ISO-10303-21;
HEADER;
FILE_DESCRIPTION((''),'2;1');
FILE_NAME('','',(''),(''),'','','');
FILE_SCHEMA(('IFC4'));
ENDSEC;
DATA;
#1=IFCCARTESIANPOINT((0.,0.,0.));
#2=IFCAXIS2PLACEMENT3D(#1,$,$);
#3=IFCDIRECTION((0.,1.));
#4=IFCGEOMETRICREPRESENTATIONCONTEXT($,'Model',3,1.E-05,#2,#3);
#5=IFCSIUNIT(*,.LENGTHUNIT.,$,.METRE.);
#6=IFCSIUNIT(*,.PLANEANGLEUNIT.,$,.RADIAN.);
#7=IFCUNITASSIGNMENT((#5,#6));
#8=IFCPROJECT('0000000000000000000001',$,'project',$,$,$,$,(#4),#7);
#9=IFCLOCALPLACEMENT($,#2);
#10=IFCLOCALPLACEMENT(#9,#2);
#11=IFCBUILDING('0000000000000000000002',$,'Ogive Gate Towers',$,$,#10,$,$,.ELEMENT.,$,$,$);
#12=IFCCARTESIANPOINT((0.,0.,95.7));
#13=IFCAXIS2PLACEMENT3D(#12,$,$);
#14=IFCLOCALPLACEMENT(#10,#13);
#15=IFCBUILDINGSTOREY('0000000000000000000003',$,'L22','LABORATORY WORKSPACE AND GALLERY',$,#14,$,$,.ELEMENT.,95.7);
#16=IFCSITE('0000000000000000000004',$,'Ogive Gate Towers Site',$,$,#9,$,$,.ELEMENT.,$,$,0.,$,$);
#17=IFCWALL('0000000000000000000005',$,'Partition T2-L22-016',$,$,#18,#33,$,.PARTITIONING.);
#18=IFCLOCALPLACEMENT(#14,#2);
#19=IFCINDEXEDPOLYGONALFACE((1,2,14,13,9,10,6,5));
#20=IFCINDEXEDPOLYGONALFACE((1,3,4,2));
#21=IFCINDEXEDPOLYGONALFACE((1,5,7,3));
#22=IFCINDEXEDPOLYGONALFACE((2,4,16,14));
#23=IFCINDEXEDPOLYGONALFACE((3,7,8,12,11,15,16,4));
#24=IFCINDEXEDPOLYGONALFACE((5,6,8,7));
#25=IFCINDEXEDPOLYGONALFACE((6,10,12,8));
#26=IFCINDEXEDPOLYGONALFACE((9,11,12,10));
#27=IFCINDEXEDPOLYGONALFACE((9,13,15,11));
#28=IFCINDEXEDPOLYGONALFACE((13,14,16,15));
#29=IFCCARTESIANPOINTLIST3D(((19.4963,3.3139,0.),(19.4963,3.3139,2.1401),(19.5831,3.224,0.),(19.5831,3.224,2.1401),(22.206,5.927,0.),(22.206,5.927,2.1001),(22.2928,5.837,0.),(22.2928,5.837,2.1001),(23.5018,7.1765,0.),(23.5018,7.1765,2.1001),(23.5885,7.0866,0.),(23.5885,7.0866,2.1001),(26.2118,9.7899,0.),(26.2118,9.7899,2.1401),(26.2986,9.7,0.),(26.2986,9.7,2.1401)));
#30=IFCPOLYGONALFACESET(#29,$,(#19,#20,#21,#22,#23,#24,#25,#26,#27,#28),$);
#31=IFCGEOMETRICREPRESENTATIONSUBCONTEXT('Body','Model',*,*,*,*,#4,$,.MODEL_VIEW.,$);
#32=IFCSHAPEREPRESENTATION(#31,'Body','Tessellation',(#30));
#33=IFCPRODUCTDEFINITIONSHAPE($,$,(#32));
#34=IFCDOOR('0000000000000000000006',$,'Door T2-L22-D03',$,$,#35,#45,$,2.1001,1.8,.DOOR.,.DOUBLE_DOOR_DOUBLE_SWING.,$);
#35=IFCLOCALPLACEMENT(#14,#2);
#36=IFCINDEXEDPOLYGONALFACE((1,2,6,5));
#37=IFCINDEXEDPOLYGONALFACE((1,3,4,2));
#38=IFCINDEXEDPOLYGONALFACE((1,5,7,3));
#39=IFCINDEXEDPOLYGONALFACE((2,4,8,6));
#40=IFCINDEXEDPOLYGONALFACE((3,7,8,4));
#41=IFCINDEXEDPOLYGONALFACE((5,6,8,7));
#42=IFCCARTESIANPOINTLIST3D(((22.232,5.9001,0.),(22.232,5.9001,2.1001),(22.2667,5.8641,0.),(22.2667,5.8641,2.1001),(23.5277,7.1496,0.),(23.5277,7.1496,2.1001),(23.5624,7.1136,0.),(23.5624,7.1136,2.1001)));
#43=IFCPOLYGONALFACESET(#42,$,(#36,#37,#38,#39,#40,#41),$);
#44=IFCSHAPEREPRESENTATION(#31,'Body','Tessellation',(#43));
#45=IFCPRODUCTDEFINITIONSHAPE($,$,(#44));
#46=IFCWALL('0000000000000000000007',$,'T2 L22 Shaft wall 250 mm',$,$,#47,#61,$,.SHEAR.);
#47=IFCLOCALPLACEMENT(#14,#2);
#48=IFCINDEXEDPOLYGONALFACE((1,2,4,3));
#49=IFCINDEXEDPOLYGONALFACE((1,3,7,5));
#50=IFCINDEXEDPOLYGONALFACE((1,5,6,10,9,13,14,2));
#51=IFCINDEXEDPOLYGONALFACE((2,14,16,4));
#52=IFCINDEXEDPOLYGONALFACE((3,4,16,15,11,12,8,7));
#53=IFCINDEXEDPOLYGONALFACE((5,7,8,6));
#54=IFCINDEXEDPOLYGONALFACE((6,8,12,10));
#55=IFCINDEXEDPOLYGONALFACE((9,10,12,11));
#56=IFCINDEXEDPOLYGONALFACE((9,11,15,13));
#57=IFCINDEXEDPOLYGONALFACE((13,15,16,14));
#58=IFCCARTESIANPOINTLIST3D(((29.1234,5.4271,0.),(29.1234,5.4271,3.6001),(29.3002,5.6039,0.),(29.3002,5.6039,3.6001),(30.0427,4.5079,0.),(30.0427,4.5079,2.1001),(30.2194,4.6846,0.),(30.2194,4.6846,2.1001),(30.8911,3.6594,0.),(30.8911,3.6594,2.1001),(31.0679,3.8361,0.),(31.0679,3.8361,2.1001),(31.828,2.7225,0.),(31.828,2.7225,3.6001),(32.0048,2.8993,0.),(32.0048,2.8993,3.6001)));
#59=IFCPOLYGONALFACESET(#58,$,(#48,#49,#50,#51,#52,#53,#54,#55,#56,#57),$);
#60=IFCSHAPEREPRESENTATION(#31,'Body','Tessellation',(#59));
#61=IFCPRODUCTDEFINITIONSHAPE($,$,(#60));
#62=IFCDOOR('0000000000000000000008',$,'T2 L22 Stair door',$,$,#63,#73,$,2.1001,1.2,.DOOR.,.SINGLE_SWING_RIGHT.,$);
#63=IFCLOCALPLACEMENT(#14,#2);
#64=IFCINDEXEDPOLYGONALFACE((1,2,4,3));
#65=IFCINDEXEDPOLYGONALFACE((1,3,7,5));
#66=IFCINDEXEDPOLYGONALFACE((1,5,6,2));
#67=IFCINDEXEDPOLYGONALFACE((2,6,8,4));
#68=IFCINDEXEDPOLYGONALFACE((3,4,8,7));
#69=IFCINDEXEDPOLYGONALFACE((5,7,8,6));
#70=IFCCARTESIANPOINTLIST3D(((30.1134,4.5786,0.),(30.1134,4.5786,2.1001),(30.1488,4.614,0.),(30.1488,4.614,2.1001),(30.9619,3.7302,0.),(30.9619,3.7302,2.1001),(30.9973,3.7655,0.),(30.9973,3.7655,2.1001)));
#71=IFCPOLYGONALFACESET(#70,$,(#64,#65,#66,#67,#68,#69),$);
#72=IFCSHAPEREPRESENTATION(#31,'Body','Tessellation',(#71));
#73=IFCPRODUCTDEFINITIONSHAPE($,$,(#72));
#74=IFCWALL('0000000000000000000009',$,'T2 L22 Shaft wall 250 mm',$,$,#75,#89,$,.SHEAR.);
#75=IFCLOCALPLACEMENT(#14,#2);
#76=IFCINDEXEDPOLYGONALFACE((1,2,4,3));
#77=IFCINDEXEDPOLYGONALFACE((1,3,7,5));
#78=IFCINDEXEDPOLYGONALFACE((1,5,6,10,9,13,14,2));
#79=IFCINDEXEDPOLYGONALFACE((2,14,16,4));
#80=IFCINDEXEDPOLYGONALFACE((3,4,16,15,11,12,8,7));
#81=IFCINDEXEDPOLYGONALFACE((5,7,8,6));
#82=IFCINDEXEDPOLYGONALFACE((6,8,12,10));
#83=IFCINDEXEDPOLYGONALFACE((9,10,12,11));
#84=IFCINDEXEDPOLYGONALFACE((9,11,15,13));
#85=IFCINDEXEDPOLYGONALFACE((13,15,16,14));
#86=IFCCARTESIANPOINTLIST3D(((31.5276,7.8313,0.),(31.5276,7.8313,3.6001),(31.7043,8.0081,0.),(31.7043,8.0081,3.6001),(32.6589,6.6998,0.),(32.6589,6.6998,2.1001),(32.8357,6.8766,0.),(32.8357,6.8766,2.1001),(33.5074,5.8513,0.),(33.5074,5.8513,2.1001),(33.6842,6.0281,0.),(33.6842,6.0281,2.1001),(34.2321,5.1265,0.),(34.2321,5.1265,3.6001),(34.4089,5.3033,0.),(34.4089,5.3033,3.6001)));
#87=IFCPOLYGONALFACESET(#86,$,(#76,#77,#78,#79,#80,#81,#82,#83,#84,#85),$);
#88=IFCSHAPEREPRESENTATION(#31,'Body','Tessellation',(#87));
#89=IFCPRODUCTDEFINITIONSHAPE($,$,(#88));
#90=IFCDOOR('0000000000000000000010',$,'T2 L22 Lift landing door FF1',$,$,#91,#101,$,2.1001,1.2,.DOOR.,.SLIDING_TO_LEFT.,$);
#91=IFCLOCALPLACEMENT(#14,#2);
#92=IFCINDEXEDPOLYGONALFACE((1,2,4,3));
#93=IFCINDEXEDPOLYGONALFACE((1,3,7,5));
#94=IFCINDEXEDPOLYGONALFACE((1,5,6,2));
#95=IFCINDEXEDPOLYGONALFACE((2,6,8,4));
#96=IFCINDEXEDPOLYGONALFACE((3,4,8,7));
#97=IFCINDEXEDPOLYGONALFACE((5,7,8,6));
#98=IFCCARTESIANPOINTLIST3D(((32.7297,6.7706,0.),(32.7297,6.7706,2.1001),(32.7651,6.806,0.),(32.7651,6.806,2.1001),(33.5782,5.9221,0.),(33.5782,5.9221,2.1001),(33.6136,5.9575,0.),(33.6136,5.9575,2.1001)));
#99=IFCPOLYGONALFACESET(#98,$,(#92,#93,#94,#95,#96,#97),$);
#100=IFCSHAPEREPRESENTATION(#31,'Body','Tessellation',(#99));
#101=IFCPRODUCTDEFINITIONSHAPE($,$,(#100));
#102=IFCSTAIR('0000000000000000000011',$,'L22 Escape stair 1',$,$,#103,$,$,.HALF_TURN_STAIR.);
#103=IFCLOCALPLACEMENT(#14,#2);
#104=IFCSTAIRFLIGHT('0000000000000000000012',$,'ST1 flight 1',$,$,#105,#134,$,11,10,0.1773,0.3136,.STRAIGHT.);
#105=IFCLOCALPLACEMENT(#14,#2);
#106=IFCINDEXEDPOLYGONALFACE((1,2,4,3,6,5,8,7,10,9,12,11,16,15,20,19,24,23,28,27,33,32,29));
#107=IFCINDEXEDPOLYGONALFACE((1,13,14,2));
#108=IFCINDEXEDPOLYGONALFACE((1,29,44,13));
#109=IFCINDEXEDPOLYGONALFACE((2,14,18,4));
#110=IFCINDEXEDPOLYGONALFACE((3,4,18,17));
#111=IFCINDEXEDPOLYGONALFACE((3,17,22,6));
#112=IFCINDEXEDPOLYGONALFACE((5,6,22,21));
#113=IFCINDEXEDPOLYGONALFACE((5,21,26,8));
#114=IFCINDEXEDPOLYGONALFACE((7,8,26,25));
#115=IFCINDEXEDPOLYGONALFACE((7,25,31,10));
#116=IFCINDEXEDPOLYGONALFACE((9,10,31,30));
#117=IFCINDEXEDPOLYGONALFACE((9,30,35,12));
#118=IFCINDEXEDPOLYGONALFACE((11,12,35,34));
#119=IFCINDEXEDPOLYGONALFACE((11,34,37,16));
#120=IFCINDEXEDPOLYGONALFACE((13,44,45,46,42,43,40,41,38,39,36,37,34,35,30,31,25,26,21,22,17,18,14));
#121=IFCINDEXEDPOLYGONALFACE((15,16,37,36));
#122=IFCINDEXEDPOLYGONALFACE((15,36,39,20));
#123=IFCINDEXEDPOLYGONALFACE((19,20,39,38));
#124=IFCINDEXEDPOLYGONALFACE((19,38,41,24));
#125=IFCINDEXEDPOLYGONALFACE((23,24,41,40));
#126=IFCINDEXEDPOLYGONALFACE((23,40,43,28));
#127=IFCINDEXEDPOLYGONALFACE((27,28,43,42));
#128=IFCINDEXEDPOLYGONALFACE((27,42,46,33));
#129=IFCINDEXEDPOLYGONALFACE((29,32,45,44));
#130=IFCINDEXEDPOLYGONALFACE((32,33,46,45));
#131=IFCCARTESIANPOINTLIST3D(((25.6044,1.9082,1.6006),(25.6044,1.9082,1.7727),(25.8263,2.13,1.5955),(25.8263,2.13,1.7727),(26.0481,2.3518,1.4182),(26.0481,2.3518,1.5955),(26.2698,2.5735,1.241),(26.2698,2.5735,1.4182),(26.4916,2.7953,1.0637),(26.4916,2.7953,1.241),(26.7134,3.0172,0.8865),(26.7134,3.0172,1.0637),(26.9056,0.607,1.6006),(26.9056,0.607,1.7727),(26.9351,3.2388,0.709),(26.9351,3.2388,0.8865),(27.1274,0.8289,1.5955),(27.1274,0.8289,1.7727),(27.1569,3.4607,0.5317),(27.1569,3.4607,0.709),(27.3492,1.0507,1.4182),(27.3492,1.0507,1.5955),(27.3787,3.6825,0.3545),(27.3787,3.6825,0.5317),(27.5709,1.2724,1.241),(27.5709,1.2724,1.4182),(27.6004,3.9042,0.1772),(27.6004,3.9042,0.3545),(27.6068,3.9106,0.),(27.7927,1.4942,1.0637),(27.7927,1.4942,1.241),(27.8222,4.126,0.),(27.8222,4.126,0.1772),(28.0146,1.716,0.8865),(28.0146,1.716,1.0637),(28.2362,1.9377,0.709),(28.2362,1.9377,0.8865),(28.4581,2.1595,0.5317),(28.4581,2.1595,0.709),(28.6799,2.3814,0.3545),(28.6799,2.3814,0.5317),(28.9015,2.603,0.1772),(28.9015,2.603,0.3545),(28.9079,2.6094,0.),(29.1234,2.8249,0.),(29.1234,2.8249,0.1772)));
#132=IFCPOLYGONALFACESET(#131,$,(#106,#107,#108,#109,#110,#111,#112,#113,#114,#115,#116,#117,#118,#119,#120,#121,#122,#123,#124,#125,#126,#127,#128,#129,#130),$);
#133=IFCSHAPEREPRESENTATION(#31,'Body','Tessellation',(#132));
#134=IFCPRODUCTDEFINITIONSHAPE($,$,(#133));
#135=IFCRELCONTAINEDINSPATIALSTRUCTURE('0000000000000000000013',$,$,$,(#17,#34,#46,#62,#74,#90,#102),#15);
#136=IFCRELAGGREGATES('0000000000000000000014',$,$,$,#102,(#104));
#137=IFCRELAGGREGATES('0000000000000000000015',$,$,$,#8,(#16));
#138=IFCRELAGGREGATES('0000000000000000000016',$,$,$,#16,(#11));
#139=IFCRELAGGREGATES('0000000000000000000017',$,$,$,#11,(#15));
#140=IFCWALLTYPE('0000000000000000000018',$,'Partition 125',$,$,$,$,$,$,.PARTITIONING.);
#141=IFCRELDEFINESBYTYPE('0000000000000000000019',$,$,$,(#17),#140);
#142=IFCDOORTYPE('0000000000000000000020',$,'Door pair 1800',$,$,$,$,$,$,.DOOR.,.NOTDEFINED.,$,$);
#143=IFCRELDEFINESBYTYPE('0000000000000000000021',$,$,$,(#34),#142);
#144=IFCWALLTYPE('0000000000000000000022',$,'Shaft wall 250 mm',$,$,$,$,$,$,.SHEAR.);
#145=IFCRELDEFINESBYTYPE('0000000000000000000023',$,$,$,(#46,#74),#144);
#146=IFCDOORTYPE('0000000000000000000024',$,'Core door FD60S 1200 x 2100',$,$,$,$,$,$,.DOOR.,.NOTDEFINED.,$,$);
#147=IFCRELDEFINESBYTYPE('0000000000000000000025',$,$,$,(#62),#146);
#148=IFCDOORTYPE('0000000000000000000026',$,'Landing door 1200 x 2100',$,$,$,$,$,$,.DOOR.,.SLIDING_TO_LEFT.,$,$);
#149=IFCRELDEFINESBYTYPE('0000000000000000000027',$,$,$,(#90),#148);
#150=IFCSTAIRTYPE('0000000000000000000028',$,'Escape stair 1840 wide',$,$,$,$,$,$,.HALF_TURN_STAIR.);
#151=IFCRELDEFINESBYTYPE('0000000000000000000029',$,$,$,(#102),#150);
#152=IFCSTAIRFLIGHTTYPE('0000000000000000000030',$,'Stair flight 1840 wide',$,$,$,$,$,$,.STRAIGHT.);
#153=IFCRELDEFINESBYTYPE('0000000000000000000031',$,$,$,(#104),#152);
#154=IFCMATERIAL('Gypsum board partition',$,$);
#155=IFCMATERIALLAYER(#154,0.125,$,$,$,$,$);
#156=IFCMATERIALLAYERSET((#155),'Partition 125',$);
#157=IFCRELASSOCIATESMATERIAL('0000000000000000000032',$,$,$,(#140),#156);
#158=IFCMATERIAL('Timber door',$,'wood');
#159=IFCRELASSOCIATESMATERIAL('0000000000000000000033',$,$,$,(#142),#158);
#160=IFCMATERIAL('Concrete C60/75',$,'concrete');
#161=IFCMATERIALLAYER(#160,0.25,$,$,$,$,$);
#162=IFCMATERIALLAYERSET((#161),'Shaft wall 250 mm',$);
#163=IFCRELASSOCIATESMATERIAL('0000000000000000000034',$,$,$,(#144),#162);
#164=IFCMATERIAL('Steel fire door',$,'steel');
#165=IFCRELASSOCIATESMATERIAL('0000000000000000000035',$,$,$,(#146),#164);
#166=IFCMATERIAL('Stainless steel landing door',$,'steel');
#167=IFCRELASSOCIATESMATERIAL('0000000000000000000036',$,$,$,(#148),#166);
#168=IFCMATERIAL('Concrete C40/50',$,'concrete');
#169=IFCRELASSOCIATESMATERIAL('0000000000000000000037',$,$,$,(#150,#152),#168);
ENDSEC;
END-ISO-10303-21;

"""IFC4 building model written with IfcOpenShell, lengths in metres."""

from ifc_helpers import new_model, si_unit, direction, frame, frame_2d, origin, place, context, subcontext, project, spatial, polyline, rectangle, outline, extrude, material, layer, layer_set, type_object, element, fill, aggregate, save


model = new_model("IFC4")

# Units and contexts
model_context = context("Model", 3, precision=1e-05, world=origin(), true_north=direction((0.0, 1.0)))
body_context = subcontext(model_context, "Body", "Model", "MODEL_VIEW")
ifc_project = project(units=[si_unit("LENGTHUNIT", "METRE"), si_unit("PLANEANGLEUNIT", "RADIAN")], contexts=[model_context])

# Site, building, storey
site_placement = place(None, origin())
site = spatial("IfcSite", under=ifc_project, at=site_placement, Name="Ogive Gate Towers Site", CompositionType="ELEMENT", RefElevation=0.0)
building_placement = place(site_placement, origin())
building = spatial("IfcBuilding", under=site, at=building_placement, Name="Ogive Gate Towers", CompositionType="ELEMENT")
storey_placement = place(building_placement, frame((0.0, 0.0, 95.7)))
storey = spatial("IfcBuildingStorey", under=building, at=storey_placement, Name="L22", Description="LABORATORY WORKSPACE AND GALLERY", CompositionType="ELEMENT", Elevation=95.7)

# Shared definitions
ifc_material_1 = material(Name="Gypsum board partition")
ifc_layer_1 = layer(ifc_material_1, 0.125)
ifc_layer_set_1 = layer_set([ifc_layer_1], Name="Partition 125")
wall_type_1 = type_object("IfcWallType", Name="Partition 125", PredefinedType="PARTITIONING", material=ifc_layer_set_1)

# Walls, openings, doors
ifc_material_2 = material(Name="Timber door", Category="wood")
door_type_1 = type_object("IfcDoorType", Name="Door pair 1800", OperationType="NOTDEFINED", PredefinedType="DOOR", material=ifc_material_2)
wall_1_placement = place(storey_placement, frame((26.2551, 9.7449, 0.0), z_axis=(0.0, 0.0, 1.0), x_axis=(-0.719826, -0.694154, 0.0)))
wall_1 = element("IfcWall", 1, at=wall_1_placement, inside=storey, type_object=wall_type_1, Name="Partition T2-L22-016", PredefinedType="PARTITIONING", context=body_context, shape_type="SweptSolid", body=[
    extrude(rectangle(XDim=9.3293, YDim=0.125, at=frame_2d((4.6646, 0.0))), origin(), (0.0, 0.0, 1.0), 2.1401),
])
opening_1_placement = place(wall_1_placement, frame((3.7649, 0.0, 0.0)))
opening_1 = element("IfcOpeningElement", 2, at=opening_1_placement, cuts=wall_1, PredefinedType="OPENING", context=body_context, shape_type="SweptSolid", body=[
    extrude(rectangle(XDim=1.8, YDim=2.1001, at=frame_2d((0.8999, 1.05))), frame((0.0, 0.0725, 0.0), z_axis=(0.0, -1.0, 0.0), x_axis=(1.0, 0.0, 0.0)), (0.0, 0.0, 1.0), 0.145),
])
door_1_placement = place(opening_1_placement, origin())
door_1 = element("IfcDoor", 3, at=door_1_placement, inside=storey, type_object=door_type_1, Name="Door T2-L22-D03", OperationType="DOUBLE_DOOR_DOUBLE_SWING", OverallHeight=2.1001, OverallWidth=1.8, PredefinedType="DOOR", context=body_context, shape_type="SweptSolid", body=[
    extrude(rectangle(XDim=1.8, YDim=2.1001, at=frame_2d((0.8999, 1.05))), frame((0.0, 0.0249, 0.0), z_axis=(0.0, -1.0, 0.0), x_axis=(1.0, 0.0, 0.0)), (0.0, 0.0, 1.0), 0.05),
])
fill(opening_1, door_1)
ifc_material_3 = material(Name="Concrete C60/75", Category="concrete")
ifc_layer_2 = layer(ifc_material_3, 0.25)
ifc_layer_set_2 = layer_set([ifc_layer_2], Name="Shaft wall 250 mm")
wall_type_2 = type_object("IfcWallType", Name="Shaft wall 250 mm", PredefinedType="SHEAR", material=ifc_layer_set_2)
wall_2_placement = place(storey_placement, frame((31.9165, 2.8108, 0.0), z_axis=(0.0, 0.0, 1.0), x_axis=(-0.707107, 0.707107, 0.0)))
wall_2 = element("IfcWall", 4, at=wall_2_placement, inside=storey, type_object=wall_type_2, Name="T2 L22 Shaft wall 250 mm", PredefinedType="SHEAR", context=body_context, shape_type="SweptSolid", body=[
    extrude(rectangle(XDim=3.825, YDim=0.25, at=frame_2d((1.9126, 0.0))), origin(), (0.0, 0.0, 1.0), 3.6001),
])
opening_2_placement = place(wall_2_placement, frame((1.325, 0.0, 0.0)))
opening_2 = element("IfcOpeningElement", 5, at=opening_2_placement, cuts=wall_2, PredefinedType="OPENING", context=body_context, shape_type="SweptSolid", body=[
    extrude(rectangle(XDim=1.2, YDim=2.1001, at=frame_2d((0.6001, 1.05))), frame((0.0, 0.135, 0.0), z_axis=(0.0, -1.0, 0.0), x_axis=(1.0, 0.0, 0.0)), (0.0, 0.0, 1.0), 0.27),
])
ifc_material_4 = material(Name="Steel fire door", Category="steel")
door_type_2 = type_object("IfcDoorType", Name="Core door FD60S 1200 x 2100", OperationType="NOTDEFINED", PredefinedType="DOOR", material=ifc_material_4)
door_2_placement = place(opening_2_placement, origin())
door_2 = element("IfcDoor", 6, at=door_2_placement, inside=storey, type_object=door_type_2, Name="T2 L22 Stair door", OperationType="SINGLE_SWING_RIGHT", OverallHeight=2.1001, OverallWidth=1.2, PredefinedType="DOOR", context=body_context, shape_type="SweptSolid", body=[
    extrude(rectangle(XDim=1.2, YDim=2.1001, at=frame_2d((0.6001, 1.05))), frame((0.0, 0.0249, 0.0), z_axis=(0.0, -1.0, 0.0), x_axis=(1.0, 0.0, 0.0)), (0.0, 0.0, 1.0), 0.05),
])
fill(opening_2, door_2)
wall_3_placement = place(storey_placement, frame((34.3206, 5.2148, 0.0), z_axis=(0.0, 0.0, 1.0), x_axis=(-0.707075, 0.707139, 0.0)))
wall_3 = element("IfcWall", 7, at=wall_3_placement, inside=storey, type_object=wall_type_2, Name="T2 L22 Shaft wall 250 mm", PredefinedType="SHEAR", context=body_context, shape_type="SweptSolid", body=[
    extrude(rectangle(XDim=3.825, YDim=0.25, at=frame_2d((1.9126, 0.0))), origin(), (0.0, 0.0, 1.0), 3.6001),
])
opening_3_placement = place(wall_3_placement, frame((1.0249, 0.0, 0.0)))
opening_3 = element("IfcOpeningElement", 8, at=opening_3_placement, cuts=wall_3, PredefinedType="OPENING", context=body_context, shape_type="SweptSolid", body=[
    extrude(rectangle(XDim=1.2, YDim=2.1001, at=frame_2d((0.6001, 1.05))), frame((0.0, 0.135, 0.0), z_axis=(0.0, -1.0, 0.0), x_axis=(1.0, 0.0, 0.0)), (0.0, 0.0, 1.0), 0.27),
])
ifc_material_5 = material(Name="Stainless steel landing door", Category="steel")
door_type_3 = type_object("IfcDoorType", Name="Landing door 1200 x 2100", OperationType="SLIDING_TO_LEFT", PredefinedType="DOOR", material=ifc_material_5)
door_3_placement = place(opening_3_placement, origin())
door_3 = element("IfcDoor", 9, at=door_3_placement, inside=storey, type_object=door_type_3, Name="T2 L22 Lift landing door FF1", OperationType="SLIDING_TO_LEFT", OverallHeight=2.1001, OverallWidth=1.2, PredefinedType="DOOR", context=body_context, shape_type="SweptSolid", body=[
    extrude(rectangle(XDim=1.2, YDim=2.1001, at=frame_2d((0.6001, 1.05))), frame((0.0, 0.0249, 0.0), z_axis=(0.0, -1.0, 0.0), x_axis=(1.0, 0.0, 0.0)), (0.0, 0.0, 1.0), 0.05),
])
fill(opening_3, door_3)

# Stair, stair flight
ifc_material_6 = material(Name="Concrete C40/50", Category="concrete")
stair_type = type_object("IfcStairType", Name="Escape stair 1840 wide", PredefinedType="HALF_TURN_STAIR", material=ifc_material_6)
stair_placement = place(storey_placement, origin())
stair = element("IfcStair", 10, at=stair_placement, inside=storey, type_object=stair_type, Name="L22 Escape stair 1", PredefinedType="HALF_TURN_STAIR")
stair_flight_type = type_object("IfcStairFlightType", Name="Stair flight 1840 wide", PredefinedType="STRAIGHT", material=ifc_material_6)
stair_flight_placement = place(storey_placement, frame((28.4729, 3.4753, 0.0), z_axis=(0.0, 0.0, 1.0), x_axis=(-0.707107, -0.707107, 0.0)))
stair_flight = element("IfcStairFlight", 11, at=stair_flight_placement, type_object=stair_flight_type, Name="ST1 flight 1", NumberOfRisers=11, NumberOfTreads=10, PredefinedType="STRAIGHT", RiserHeight=0.1773, TreadLength=0.3136, context=body_context, shape_type="SweptSolid", body=[
    extrude(outline(polyline([(0.0, 0.0), (0.0, 0.1772), (0.3137, 0.1772), (0.3137, 0.3545), (0.6272, 0.3545), (0.6272, 0.5317), (0.9409, 0.5317), (0.9409, 0.709), (1.2546, 0.709), (1.2546, 0.8865), (1.5681, 0.8865), (1.5681, 1.0637), (1.8818, 1.0637), (1.8818, 1.241), (2.1956, 1.241), (2.1956, 1.4182), (2.509, 1.4182), (2.509, 1.5955), (2.8228, 1.5955), (2.8228, 1.7727), (3.1365, 1.7727), (3.1365, 1.95), (3.1365, 1.6006), (0.3047, 0.0), (0.0, 0.0)])), frame((0.0, 0.9199, 0.0), z_axis=(0.0, -1.0, 0.0), x_axis=(1.0, 0.0, 0.0)), (0.0, 0.0, 1.0), 1.8401),
])
aggregate(stair, [stair_flight])

save(model, "model.ifc")
